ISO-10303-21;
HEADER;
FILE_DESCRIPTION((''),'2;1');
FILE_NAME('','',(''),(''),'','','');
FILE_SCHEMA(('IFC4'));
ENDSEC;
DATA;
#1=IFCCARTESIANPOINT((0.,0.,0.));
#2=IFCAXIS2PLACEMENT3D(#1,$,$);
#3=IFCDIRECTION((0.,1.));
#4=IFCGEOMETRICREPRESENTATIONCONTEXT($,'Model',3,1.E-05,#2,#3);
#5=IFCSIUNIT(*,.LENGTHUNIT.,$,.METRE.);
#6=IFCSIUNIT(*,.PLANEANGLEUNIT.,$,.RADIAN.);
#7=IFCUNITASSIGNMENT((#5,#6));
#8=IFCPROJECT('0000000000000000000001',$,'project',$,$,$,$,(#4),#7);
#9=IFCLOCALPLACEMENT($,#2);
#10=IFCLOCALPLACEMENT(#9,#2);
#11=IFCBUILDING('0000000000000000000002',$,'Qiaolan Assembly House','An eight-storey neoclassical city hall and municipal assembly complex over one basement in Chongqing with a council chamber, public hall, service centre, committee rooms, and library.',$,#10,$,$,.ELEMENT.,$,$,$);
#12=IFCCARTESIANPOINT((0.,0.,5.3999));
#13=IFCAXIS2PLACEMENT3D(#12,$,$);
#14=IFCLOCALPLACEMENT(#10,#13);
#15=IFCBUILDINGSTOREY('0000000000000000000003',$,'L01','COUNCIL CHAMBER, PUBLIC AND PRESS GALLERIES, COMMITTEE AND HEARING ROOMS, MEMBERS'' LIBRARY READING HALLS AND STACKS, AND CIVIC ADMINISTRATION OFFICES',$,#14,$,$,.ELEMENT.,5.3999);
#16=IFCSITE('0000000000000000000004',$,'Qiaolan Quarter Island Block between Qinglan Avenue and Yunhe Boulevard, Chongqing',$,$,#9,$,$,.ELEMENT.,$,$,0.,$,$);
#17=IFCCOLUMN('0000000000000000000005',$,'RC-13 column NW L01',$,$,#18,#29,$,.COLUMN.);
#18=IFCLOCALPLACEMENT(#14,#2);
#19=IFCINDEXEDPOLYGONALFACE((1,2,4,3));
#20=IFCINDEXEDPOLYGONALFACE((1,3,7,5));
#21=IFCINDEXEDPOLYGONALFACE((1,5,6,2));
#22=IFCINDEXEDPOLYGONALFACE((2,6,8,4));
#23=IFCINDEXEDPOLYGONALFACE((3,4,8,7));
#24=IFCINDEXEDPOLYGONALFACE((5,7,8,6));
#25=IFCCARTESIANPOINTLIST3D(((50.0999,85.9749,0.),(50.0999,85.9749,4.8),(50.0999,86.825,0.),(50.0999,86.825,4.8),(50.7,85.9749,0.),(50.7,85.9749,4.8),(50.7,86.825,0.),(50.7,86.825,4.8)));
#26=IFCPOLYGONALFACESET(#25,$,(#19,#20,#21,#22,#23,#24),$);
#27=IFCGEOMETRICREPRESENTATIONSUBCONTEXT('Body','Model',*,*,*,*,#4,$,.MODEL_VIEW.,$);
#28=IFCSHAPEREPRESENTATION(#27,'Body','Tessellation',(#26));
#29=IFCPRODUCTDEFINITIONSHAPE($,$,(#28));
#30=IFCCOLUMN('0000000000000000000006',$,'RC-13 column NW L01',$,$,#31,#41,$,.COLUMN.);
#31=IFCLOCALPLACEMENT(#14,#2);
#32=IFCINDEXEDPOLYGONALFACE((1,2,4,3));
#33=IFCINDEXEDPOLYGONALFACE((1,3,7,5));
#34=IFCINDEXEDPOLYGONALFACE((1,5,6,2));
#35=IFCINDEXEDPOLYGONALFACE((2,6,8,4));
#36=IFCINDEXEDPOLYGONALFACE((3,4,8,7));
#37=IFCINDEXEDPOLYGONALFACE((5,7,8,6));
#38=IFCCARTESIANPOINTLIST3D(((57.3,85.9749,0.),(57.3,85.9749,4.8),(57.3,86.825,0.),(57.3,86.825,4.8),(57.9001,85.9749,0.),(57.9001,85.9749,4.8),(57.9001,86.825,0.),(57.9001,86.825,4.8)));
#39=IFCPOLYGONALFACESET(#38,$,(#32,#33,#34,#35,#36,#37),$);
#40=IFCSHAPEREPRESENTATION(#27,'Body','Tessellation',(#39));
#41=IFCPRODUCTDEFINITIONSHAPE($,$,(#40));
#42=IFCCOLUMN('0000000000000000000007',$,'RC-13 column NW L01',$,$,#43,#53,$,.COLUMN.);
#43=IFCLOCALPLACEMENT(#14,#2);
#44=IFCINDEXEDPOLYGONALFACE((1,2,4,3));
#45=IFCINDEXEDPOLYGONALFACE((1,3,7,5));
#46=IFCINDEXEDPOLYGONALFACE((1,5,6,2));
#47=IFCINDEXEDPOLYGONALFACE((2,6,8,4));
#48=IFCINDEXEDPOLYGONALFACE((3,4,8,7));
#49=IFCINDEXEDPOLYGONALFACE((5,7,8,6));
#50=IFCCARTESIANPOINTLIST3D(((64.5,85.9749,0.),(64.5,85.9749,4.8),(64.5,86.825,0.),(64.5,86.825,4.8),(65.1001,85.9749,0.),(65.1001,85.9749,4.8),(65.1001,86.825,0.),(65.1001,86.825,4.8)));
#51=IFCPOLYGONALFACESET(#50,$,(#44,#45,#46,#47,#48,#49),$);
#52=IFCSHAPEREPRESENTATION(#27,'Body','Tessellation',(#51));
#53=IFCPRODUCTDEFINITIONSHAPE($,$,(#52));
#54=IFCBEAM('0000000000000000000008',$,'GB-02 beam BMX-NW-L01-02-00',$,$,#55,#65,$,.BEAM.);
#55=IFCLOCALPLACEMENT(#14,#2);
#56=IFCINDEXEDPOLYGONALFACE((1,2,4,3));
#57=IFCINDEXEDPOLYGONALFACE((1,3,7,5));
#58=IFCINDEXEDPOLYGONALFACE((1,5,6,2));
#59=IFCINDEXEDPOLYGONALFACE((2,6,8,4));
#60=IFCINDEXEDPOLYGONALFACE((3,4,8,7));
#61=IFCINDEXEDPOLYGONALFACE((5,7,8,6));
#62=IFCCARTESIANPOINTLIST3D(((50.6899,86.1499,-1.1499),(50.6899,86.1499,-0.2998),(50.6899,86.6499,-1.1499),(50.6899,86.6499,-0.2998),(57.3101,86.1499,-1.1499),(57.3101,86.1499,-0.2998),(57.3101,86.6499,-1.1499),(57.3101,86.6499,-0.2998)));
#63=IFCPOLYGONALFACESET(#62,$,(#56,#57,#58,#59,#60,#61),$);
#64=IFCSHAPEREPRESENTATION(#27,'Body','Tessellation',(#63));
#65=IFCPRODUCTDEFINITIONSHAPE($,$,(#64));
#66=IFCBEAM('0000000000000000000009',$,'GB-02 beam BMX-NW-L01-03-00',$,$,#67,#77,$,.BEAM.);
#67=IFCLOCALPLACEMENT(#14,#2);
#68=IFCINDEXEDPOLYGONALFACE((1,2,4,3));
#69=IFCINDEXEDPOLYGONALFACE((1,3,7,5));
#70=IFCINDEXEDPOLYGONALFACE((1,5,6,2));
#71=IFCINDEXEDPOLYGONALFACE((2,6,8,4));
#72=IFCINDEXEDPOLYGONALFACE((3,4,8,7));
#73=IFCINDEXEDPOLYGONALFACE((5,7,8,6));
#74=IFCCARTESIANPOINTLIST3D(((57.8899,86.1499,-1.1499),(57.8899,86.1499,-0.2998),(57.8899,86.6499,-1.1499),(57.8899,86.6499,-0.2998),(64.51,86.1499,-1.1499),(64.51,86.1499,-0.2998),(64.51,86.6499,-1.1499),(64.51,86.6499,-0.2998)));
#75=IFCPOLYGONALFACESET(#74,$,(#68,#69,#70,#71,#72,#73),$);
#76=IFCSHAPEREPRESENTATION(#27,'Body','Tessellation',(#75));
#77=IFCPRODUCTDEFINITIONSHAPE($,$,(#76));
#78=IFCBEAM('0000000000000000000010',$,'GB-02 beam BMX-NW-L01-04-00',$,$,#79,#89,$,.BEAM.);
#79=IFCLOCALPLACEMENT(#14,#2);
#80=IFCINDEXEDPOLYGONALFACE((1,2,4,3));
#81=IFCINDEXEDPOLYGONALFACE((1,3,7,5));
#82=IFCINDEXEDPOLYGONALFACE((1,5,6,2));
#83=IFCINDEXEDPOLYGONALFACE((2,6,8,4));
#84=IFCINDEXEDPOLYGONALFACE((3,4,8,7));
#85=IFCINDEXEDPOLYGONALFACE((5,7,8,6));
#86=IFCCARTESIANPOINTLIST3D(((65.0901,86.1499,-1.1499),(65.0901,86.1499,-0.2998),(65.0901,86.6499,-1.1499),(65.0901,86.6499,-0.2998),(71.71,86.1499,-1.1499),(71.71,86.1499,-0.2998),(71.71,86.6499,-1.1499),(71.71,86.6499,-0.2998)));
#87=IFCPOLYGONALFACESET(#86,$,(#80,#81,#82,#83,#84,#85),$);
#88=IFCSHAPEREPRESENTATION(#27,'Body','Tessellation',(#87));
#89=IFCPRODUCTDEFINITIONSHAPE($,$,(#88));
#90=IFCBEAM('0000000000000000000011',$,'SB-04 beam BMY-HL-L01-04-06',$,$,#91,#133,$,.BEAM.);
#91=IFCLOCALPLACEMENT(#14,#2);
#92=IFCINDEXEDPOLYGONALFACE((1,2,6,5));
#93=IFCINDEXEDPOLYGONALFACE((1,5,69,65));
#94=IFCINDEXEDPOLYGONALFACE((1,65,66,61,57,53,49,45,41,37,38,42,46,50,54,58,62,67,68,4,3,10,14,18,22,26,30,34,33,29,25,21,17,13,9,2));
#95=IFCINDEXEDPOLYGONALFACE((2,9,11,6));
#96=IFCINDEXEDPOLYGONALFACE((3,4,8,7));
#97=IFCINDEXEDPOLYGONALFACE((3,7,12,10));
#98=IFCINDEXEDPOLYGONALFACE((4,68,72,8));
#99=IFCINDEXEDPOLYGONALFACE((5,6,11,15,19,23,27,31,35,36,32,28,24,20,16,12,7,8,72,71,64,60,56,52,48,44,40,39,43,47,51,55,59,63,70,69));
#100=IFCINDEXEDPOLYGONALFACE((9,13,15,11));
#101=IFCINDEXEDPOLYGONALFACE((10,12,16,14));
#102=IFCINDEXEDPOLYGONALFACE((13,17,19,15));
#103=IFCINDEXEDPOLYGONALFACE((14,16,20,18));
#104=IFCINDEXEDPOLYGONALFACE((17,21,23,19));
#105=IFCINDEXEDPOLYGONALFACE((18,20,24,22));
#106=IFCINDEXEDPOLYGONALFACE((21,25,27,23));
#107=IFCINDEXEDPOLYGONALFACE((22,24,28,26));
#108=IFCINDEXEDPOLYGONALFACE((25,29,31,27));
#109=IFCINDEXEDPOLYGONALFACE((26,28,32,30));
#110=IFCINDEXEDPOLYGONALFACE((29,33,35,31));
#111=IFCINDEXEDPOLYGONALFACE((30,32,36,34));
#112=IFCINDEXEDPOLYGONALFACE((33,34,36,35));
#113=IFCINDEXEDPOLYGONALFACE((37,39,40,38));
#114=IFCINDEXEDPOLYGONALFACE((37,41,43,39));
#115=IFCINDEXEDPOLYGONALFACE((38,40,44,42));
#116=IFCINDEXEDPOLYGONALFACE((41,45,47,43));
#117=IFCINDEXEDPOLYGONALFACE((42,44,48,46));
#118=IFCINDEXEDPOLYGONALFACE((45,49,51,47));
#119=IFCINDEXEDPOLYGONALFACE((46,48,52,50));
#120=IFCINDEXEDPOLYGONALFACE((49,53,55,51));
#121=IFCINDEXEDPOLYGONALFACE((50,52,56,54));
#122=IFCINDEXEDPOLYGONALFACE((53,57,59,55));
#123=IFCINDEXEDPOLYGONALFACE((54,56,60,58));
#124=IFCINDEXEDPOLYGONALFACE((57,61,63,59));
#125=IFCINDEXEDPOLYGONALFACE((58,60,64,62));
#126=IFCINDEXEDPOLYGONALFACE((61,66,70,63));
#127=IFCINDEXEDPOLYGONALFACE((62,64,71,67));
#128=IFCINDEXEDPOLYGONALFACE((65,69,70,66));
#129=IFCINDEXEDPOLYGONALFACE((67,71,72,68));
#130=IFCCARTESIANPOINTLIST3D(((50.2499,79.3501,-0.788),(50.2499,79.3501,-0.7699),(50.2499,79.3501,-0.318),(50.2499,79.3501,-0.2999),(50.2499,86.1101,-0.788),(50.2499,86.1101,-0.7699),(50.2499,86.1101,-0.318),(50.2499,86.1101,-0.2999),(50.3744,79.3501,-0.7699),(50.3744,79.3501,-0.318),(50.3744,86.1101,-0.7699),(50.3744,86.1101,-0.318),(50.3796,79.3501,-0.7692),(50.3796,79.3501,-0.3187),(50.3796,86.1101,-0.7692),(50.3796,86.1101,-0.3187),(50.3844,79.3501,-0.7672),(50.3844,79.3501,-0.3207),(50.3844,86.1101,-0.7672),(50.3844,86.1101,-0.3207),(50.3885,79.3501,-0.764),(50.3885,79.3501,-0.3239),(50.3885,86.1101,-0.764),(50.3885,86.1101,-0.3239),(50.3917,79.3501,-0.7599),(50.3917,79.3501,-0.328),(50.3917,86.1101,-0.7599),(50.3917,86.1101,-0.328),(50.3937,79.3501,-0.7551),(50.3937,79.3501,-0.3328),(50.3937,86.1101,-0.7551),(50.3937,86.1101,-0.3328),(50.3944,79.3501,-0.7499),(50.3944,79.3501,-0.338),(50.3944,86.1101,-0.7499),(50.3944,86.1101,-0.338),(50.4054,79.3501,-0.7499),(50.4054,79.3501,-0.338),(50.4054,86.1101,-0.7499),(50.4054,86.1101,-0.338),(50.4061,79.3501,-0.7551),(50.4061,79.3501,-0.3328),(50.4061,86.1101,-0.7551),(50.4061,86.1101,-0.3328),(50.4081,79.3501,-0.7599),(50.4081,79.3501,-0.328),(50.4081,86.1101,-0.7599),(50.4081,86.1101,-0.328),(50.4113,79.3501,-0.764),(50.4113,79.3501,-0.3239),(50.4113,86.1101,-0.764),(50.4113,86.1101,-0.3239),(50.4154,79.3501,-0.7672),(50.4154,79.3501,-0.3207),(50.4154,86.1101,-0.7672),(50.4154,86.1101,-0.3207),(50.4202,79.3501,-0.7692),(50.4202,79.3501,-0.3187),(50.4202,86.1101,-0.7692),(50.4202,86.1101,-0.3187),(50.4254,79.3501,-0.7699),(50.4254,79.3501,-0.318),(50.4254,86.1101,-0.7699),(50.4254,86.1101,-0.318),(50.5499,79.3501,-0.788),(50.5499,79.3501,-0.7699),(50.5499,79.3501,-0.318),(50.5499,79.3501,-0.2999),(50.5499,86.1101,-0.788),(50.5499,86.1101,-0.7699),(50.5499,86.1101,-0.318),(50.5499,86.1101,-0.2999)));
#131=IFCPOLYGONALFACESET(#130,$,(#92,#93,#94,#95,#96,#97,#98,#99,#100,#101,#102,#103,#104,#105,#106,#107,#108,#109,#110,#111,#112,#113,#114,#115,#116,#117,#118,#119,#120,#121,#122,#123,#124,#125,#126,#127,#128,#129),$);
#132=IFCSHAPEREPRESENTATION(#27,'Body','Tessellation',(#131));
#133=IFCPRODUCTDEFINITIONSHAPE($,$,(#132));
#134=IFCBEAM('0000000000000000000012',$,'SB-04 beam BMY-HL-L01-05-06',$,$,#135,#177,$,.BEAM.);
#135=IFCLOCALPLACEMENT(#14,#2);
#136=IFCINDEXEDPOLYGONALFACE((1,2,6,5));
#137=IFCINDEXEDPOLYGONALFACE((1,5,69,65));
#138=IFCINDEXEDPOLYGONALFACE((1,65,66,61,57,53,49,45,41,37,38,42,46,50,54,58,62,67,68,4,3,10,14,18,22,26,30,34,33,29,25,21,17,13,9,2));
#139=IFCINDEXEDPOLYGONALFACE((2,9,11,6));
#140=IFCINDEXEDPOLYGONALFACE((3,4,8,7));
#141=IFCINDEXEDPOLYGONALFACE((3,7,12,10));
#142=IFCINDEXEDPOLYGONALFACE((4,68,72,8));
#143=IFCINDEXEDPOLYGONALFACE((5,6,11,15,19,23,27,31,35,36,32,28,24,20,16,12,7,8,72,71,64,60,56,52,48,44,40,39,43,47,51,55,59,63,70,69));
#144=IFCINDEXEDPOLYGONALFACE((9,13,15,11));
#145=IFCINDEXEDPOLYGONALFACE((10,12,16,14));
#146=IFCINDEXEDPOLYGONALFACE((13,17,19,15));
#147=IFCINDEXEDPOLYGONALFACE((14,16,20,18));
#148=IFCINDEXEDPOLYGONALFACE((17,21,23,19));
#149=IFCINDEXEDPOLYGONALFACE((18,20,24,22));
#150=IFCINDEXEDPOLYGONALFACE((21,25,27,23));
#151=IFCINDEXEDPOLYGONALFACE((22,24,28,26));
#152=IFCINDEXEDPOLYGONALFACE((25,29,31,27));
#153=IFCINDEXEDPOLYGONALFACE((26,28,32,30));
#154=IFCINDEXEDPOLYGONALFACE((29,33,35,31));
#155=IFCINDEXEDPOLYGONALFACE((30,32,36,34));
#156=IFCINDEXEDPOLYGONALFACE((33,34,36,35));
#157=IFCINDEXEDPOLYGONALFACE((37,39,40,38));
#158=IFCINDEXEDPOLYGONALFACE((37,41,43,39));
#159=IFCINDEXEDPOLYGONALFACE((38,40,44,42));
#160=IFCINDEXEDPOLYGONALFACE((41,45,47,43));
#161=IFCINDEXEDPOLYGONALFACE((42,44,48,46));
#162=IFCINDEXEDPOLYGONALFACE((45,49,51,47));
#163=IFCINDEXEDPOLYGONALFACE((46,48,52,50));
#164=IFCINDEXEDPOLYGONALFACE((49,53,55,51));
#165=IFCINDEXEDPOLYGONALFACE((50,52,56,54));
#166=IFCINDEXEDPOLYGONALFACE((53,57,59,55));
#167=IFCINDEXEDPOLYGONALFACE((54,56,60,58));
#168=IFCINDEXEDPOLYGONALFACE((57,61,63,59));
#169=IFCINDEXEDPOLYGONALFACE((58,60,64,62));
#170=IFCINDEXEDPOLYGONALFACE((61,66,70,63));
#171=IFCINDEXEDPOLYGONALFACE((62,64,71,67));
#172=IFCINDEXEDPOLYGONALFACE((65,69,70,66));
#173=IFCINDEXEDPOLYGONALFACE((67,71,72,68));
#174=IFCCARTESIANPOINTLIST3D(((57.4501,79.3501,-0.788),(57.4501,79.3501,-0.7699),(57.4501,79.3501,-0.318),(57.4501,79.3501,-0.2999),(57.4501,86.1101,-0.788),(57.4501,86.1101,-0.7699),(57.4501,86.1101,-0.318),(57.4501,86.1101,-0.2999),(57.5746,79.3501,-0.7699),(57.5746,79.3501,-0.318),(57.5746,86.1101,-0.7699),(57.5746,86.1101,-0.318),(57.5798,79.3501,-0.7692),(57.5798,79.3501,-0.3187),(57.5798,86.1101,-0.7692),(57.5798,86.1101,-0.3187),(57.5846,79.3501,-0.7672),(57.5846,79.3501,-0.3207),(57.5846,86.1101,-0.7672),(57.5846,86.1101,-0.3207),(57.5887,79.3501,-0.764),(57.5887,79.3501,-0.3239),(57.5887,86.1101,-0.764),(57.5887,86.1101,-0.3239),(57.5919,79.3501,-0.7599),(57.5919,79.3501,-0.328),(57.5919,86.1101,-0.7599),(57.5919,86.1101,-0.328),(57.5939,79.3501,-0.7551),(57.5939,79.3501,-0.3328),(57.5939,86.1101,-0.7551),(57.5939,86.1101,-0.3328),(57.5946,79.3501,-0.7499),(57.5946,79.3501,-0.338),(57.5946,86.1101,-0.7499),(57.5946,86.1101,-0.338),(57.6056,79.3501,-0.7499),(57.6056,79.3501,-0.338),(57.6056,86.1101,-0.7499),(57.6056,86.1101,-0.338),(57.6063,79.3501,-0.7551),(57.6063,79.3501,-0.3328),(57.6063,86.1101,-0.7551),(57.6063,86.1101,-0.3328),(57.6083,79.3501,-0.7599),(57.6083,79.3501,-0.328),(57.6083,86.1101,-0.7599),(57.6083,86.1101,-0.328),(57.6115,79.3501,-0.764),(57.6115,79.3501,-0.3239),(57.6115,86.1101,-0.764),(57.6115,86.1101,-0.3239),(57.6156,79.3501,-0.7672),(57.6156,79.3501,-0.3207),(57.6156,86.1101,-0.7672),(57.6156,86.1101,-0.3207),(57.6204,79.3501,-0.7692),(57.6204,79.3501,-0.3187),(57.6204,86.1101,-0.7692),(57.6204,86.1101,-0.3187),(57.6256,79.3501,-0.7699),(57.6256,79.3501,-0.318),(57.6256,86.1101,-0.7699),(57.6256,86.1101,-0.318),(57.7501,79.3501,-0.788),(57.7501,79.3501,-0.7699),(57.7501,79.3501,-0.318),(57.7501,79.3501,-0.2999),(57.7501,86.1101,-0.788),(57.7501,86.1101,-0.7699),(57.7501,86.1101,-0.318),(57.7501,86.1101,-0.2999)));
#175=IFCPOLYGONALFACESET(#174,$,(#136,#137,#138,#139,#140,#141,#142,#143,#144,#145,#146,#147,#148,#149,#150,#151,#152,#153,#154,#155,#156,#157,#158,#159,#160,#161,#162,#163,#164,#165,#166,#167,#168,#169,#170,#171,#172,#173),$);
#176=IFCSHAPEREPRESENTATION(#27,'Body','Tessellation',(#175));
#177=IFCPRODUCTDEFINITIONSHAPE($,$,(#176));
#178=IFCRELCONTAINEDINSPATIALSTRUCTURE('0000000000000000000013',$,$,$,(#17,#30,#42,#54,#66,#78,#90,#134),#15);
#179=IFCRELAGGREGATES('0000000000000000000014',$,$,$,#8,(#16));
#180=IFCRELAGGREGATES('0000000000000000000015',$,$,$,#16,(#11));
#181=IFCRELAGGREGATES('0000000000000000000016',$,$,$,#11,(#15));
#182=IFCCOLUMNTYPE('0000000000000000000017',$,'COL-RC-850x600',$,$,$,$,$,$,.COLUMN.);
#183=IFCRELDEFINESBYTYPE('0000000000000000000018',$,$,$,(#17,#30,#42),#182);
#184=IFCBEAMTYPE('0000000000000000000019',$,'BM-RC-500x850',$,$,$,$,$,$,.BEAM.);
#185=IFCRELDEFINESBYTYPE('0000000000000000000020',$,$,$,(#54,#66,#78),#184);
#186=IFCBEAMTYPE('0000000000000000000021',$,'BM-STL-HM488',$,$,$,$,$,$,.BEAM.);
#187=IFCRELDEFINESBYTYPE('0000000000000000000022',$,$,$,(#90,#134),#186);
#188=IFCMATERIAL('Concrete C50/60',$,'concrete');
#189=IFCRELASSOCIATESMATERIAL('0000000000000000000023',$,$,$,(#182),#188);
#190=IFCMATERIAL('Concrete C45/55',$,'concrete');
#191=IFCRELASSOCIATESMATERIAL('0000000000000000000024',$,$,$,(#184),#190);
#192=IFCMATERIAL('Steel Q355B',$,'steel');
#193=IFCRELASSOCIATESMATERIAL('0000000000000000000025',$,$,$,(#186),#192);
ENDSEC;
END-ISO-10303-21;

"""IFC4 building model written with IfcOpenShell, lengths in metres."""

from ifc_helpers import new_model, si_unit, direction, frame, origin, origin_2d, place, context, subcontext, project, spatial, rectangle, i_section, extrude, material, material_profile, profile_set, type_object, element, save


model = new_model("IFC4")

# Units and contexts
model_context = context("Model", 3, precision=1e-05, world=origin(), true_north=direction((0.0, 1.0)))
body_context = subcontext(model_context, "Body", "Model", "MODEL_VIEW")
ifc_project = project(units=[si_unit("LENGTHUNIT", "METRE"), si_unit("PLANEANGLEUNIT", "RADIAN")], contexts=[model_context])

# Site, building, storey
site_placement = place(None, origin())
site = spatial("IfcSite", under=ifc_project, at=site_placement, Name="Qiaolan Quarter Island Block between Qinglan Avenue and Yunhe Boulevard, Chongqing", CompositionType="ELEMENT", RefElevation=0.0)
building_placement = place(site_placement, origin())
building = spatial("IfcBuilding", under=site, at=building_placement, Name="Qiaolan Assembly House", Description="An eight-storey neoclassical city hall and municipal assembly complex over one basement in Chongqing with a council chamber, public hall, service centre, committee rooms, and library.", CompositionType="ELEMENT")
storey_placement = place(building_placement, frame((0.0, 0.0, 5.3999)))
storey = spatial("IfcBuildingStorey", under=building, at=storey_placement, Name="L01", Description="COUNCIL CHAMBER, PUBLIC AND PRESS GALLERIES, COMMITTEE AND HEARING ROOMS, MEMBERS' LIBRARY READING HALLS AND STACKS, AND CIVIC ADMINISTRATION OFFICES", CompositionType="ELEMENT", Elevation=5.3999)

# Columns
ifc_material_1 = material(Name="Concrete C50/60", Category="concrete")
ifc_material_profile_1 = material_profile(ifc_material_1, rectangle(XDim=0.6001, YDim=0.8501, at=origin_2d()), Name="RC 850x600")
ifc_profile_set_1 = profile_set([ifc_material_profile_1], Name="Concrete C50/60")
column_type = type_object("IfcColumnType", Name="COL-RC-850x600", PredefinedType="COLUMN", material=ifc_profile_set_1)
for number, where, z_axis, x_axis, name in (
    (1, (50.3999, 86.3999, 0.0), (0.0, 0.0, 1.0), (1.0, 0.0, 0.0), "RC-13 column NW L01"),
    (2, (57.6001, 86.3999, 0.0), (0.0, 0.0, 1.0), (1.0, 0.0, 0.0), "RC-13 column NW L01"),
    (3, (64.8, 86.3999, 0.0), (0.0, 0.0, 1.0), (1.0, 0.0, 0.0), "RC-13 column NW L01"),
):
    element("IfcColumn", number, at=place(storey_placement, frame(where, z_axis=z_axis, x_axis=x_axis)), inside=storey, type_object=column_type, Name=name, PredefinedType="COLUMN", context=body_context, shape_type="SweptSolid", body=[
        extrude(rectangle(XDim=0.6001, YDim=0.8501, at=origin_2d()), origin(), (0.0, 0.0, 1.0), 4.8),
    ])

# Beams
ifc_material_2 = material(Name="Concrete C45/55", Category="concrete")
ifc_material_profile_2 = material_profile(ifc_material_2, rectangle(XDim=0.5, YDim=0.8501, at=origin_2d()), Name="RCB 500x850")
ifc_profile_set_2 = profile_set([ifc_material_profile_2], Name="Concrete C45/55")
beam_type_1 = type_object("IfcBeamType", Name="BM-RC-500x850", PredefinedType="BEAM", material=ifc_profile_set_2)
for number, where, z_axis, x_axis, name in (
    (4, (50.6899, 86.3999, -0.7249), (1.0, 0.0, 0.0), (0.0, 1.0, 0.0), "GB-02 beam BMX-NW-L01-02-00"),
    (5, (57.8899, 86.3999, -0.7249), (1.0, 0.0, 0.0), (0.0, 1.0, 0.0), "GB-02 beam BMX-NW-L01-03-00"),
):
    element("IfcBeam", number, at=place(storey_placement, frame(where, z_axis=z_axis, x_axis=x_axis)), inside=storey, type_object=beam_type_1, Name=name, PredefinedType="BEAM", context=body_context, shape_type="SweptSolid", body=[
        extrude(rectangle(XDim=0.5, YDim=0.8501, at=origin_2d()), origin(), (0.0, 0.0, 1.0), 6.6201),
    ])
beam_1_placement = place(storey_placement, frame((65.0901, 86.3999, -0.7249), z_axis=(1.0, 0.0, 0.0), x_axis=(0.0, 1.0, 0.0)))
element("IfcBeam", 6, at=beam_1_placement, inside=storey, type_object=beam_type_1, Name="GB-02 beam BMX-NW-L01-04-00", PredefinedType="BEAM", context=body_context, shape_type="SweptSolid", body=[
    extrude(rectangle(XDim=0.5, YDim=0.8501, at=origin_2d()), origin(), (0.0, 0.0, 1.0), 6.6199),
])
ifc_material_3 = material(Name="Steel Q355B", Category="steel")
ifc_material_profile_3 = material_profile(ifc_material_3, i_section(OverallWidth=0.3, OverallDepth=0.488, WebThickness=0.011, FlangeThickness=0.0181, FilletRadius=0.02, at=origin_2d()), Name="HM 488x300x11x18")
ifc_profile_set_3 = profile_set([ifc_material_profile_3], Name="Steel Q355B")
beam_type_2 = type_object("IfcBeamType", Name="BM-STL-HM488", PredefinedType="BEAM", material=ifc_profile_set_3)
for number, where, z_axis, x_axis, name in (
    (7, (50.3999, 79.3501, -0.5439), (0.0, 1.0, 0.0), (-1.0, 0.0, 0.0), "SB-04 beam BMY-HL-L01-04-06"),
    (8, (57.6001, 79.3501, -0.5439), (0.0, 1.0, 0.0), (-1.0, 0.0, 0.0), "SB-04 beam BMY-HL-L01-05-06"),
):
    element("IfcBeam", number, at=place(storey_placement, frame(where, z_axis=z_axis, x_axis=x_axis)), inside=storey, type_object=beam_type_2, Name=name, PredefinedType="BEAM", context=body_context, shape_type="SweptSolid", body=[
        extrude(i_section(OverallWidth=0.3, OverallDepth=0.488, WebThickness=0.011, FlangeThickness=0.0181, FilletRadius=0.02, at=origin_2d()), origin(), (0.0, 0.0, 1.0), 6.76),
    ])

save(model, "model.ifc")
